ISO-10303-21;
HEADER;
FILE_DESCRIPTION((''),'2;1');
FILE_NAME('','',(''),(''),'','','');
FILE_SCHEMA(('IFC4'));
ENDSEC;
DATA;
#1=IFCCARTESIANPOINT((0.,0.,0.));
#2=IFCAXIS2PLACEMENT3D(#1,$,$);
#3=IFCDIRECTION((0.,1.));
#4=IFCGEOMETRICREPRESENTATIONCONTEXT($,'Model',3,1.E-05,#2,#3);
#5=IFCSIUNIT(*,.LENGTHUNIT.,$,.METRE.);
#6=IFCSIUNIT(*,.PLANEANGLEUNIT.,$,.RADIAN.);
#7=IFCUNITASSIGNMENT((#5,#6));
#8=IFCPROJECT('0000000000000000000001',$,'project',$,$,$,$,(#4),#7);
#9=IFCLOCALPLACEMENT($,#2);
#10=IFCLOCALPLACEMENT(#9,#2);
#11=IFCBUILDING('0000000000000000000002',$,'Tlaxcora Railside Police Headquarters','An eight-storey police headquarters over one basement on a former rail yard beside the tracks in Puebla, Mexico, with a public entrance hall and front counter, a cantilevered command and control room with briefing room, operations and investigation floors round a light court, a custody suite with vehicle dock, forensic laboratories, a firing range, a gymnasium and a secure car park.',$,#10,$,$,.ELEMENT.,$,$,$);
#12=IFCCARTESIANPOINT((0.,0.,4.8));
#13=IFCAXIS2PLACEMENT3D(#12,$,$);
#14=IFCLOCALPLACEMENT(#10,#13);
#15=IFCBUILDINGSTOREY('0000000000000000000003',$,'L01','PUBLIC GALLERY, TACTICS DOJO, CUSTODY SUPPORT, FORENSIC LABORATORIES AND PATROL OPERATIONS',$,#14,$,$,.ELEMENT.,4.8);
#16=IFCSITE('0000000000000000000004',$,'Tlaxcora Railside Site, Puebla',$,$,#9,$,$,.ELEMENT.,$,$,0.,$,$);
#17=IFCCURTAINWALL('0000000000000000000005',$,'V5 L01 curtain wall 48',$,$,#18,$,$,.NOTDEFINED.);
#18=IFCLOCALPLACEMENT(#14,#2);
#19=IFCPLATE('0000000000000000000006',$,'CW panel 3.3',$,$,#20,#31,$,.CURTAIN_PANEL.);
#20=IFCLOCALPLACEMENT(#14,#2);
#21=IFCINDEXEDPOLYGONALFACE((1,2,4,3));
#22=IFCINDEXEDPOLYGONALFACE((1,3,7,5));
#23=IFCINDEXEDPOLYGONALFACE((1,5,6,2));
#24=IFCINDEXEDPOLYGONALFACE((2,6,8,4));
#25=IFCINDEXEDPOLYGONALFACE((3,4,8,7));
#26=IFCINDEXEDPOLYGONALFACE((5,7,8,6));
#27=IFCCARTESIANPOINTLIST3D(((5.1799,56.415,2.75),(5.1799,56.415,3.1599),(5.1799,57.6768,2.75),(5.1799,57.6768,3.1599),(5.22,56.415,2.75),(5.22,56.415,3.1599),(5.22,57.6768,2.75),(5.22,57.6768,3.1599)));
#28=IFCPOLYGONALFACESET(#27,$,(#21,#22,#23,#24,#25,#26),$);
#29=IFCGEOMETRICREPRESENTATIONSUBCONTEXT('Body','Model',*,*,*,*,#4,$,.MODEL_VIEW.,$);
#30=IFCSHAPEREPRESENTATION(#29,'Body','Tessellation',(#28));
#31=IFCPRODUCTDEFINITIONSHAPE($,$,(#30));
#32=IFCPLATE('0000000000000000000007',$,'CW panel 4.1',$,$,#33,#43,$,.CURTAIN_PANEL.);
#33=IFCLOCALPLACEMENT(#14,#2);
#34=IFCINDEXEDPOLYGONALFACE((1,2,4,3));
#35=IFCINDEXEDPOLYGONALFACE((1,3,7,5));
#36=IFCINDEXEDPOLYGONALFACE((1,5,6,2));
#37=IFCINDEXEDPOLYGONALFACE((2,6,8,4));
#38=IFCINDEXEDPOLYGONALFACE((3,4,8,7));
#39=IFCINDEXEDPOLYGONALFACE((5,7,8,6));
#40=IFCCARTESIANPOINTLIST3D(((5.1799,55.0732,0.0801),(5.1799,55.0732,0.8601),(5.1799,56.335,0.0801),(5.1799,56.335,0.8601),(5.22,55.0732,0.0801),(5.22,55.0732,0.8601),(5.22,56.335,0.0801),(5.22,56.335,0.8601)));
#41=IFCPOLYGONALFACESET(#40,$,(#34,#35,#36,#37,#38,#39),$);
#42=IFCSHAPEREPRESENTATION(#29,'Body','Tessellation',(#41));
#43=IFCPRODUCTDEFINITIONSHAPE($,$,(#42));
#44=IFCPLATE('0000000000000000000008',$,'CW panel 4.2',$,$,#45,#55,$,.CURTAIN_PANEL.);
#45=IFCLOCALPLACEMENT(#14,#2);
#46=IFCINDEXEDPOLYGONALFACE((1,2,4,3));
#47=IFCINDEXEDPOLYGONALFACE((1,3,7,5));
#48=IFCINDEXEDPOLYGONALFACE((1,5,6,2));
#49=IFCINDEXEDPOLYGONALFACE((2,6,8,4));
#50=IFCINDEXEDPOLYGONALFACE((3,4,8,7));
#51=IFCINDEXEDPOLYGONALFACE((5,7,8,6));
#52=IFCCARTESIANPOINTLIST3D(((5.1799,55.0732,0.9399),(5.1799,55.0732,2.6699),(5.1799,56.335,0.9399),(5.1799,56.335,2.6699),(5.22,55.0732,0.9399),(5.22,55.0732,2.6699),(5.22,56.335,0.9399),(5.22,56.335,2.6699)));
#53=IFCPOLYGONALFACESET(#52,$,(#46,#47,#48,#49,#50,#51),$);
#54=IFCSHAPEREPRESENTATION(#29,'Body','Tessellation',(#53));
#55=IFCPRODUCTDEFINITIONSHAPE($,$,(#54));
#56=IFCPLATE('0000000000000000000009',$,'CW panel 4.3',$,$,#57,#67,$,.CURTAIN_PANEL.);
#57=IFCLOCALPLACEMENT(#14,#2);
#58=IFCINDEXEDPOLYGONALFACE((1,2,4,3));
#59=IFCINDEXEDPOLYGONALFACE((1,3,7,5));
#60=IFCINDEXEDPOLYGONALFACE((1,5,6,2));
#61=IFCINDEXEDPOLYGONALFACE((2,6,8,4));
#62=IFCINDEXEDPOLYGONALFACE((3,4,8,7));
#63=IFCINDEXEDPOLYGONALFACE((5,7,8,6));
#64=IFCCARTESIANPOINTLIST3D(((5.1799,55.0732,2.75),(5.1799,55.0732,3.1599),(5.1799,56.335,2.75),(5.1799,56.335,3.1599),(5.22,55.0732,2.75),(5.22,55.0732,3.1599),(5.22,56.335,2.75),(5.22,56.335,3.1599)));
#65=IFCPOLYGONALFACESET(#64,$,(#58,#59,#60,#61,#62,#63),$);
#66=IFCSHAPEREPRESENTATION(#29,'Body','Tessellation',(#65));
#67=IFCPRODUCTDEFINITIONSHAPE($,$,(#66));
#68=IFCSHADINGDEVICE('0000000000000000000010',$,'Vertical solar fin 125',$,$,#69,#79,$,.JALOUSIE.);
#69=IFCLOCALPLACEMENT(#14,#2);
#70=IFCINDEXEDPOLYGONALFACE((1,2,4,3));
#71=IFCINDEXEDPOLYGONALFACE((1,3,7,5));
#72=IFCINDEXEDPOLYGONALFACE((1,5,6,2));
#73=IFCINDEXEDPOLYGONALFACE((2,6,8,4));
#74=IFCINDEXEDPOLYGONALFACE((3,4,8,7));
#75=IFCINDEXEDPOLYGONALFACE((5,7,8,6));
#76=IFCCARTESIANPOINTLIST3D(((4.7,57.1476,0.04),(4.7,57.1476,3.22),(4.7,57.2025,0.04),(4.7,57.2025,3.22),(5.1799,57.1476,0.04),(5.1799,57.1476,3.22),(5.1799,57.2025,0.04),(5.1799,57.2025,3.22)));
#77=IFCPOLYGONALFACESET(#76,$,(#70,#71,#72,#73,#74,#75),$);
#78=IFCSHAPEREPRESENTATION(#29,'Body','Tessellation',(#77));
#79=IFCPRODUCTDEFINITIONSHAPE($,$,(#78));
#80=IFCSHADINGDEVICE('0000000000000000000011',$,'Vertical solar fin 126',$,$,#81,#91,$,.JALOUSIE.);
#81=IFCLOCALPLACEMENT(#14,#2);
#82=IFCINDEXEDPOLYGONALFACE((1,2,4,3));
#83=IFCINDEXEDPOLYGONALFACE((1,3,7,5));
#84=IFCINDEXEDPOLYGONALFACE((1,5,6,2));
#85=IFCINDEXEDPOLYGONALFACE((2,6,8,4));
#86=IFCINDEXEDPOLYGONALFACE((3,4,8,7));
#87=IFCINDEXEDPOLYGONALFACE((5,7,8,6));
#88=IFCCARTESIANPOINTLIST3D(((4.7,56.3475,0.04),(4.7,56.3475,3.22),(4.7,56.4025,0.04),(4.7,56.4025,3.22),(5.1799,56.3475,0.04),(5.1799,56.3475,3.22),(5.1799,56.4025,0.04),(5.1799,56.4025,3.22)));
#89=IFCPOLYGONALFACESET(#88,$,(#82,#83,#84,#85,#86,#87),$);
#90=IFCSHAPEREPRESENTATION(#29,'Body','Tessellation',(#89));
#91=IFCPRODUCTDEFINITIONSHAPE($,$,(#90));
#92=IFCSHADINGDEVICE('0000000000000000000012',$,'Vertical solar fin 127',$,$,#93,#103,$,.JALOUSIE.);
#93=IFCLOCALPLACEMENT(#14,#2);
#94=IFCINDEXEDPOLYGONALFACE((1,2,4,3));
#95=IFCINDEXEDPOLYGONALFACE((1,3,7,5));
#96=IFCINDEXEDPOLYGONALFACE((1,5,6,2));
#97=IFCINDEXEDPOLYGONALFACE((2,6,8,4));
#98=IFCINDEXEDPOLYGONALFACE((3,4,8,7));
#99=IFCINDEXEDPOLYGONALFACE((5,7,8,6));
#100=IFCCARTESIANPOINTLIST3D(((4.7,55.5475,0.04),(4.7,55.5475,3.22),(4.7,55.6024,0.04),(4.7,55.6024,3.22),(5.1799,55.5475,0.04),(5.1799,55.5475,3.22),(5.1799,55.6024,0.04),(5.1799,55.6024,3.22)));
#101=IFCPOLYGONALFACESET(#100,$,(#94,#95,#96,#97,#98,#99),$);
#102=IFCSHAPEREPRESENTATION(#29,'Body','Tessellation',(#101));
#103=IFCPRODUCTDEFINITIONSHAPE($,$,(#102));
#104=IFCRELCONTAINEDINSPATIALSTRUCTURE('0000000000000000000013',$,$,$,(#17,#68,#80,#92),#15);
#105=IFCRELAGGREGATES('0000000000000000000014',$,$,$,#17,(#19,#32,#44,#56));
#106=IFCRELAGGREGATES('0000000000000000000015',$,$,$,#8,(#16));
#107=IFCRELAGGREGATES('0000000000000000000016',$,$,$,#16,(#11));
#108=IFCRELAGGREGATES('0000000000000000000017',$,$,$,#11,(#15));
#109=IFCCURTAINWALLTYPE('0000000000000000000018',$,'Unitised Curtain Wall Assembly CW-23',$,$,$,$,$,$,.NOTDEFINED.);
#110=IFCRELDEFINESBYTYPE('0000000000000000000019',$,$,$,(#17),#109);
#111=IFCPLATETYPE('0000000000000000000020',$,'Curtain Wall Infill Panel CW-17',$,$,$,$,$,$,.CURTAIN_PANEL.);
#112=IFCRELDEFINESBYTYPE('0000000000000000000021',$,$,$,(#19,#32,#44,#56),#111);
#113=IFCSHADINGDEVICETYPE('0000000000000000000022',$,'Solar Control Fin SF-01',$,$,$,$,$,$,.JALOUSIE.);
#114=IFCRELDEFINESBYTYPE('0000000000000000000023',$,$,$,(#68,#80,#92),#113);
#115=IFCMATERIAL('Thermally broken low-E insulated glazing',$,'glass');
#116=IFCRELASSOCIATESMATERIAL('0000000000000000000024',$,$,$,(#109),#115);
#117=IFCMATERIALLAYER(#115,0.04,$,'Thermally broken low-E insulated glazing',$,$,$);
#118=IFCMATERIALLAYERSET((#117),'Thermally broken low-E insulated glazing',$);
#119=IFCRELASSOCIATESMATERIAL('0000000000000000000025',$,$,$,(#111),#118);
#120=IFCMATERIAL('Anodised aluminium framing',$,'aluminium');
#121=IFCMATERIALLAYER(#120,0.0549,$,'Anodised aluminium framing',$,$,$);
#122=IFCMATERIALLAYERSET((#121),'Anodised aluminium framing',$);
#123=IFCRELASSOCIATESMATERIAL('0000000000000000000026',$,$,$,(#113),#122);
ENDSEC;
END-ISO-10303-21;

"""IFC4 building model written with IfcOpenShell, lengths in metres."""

from ifc_helpers import new_model, si_unit, direction, frame, origin, origin_2d, place, context, subcontext, project, spatial, rectangle, extrude, material, layer, layer_set, type_object, element, aggregate, save


model = new_model("IFC4")

# Units and contexts
model_context = context("Model", 3, precision=1e-05, world=origin(), true_north=direction((0.0, 1.0)))
body_context = subcontext(model_context, "Body", "Model", "MODEL_VIEW")
ifc_project = project(units=[si_unit("LENGTHUNIT", "METRE"), si_unit("PLANEANGLEUNIT", "RADIAN")], contexts=[model_context])

# Site, building, storey
site_placement = place(None, origin())
site = spatial("IfcSite", under=ifc_project, at=site_placement, Name="Tlaxcora Railside Site, Puebla", CompositionType="ELEMENT", RefElevation=0.0)
building_placement = place(site_placement, origin())
building = spatial("IfcBuilding", under=site, at=building_placement, Name="Tlaxcora Railside Police Headquarters", Description="An eight-storey police headquarters over one basement on a former rail yard beside the tracks in Puebla, Mexico, with a public entrance hall and front counter, a cantilevered command and control room with briefing room, operations and investigation floors round a light court, a custody suite with vehicle dock, forensic laboratories, a firing range, a gymnasium and a secure car park.", CompositionType="ELEMENT")
storey_placement = place(building_placement, frame((0.0, 0.0, 4.8)))
storey = spatial("IfcBuildingStorey", under=building, at=storey_placement, Name="L01", Description="PUBLIC GALLERY, TACTICS DOJO, CUSTODY SUPPORT, FORENSIC LABORATORIES AND PATROL OPERATIONS", CompositionType="ELEMENT", Elevation=4.8)

# Curtain wall, plates
ifc_material_1 = material(Name="Thermally broken low-E insulated glazing", Category="glass")
curtain_wall_type = type_object("IfcCurtainWallType", Name="Unitised Curtain Wall Assembly CW-23", PredefinedType="NOTDEFINED", material=ifc_material_1)
curtain_wall_placement = place(storey_placement, origin())
curtain_wall = element("IfcCurtainWall", 1, at=curtain_wall_placement, inside=storey, type_object=curtain_wall_type, Name="V5 L01 curtain wall 48", PredefinedType="NOTDEFINED")
ifc_material_2 = material(Name="Anodised aluminium framing", Category="aluminium")
ifc_layer_1 = layer(ifc_material_1, 0.04, Name="Thermally broken low-E insulated glazing")
ifc_layer_set_1 = layer_set([ifc_layer_1], Name="Thermally broken low-E insulated glazing")
plate_type = type_object("IfcPlateType", Name="Curtain Wall Infill Panel CW-17", PredefinedType="CURTAIN_PANEL", material=ifc_layer_set_1)
plate_1_placement = place(storey_placement, frame((5.2, 57.0459, 2.75), z_axis=(0.0, 0.0, 1.0), x_axis=(0.0, -1.0, 0.0)))
plate_1 = element("IfcPlate", 2, at=plate_1_placement, type_object=plate_type, Name="CW panel 3.3", PredefinedType="CURTAIN_PANEL", context=body_context, shape_type="SweptSolid", body=[
    extrude(rectangle(XDim=1.2617, YDim=0.04, at=origin_2d()), origin(), (0.0, 0.0, 1.0), 0.4099),
])
plate_2_placement = place(storey_placement, frame((5.2, 55.7041, 0.0801), z_axis=(0.0, 0.0, 1.0), x_axis=(0.0, -1.0, 0.0)))
plate_2 = element("IfcPlate", 3, at=plate_2_placement, type_object=plate_type, Name="CW panel 4.1", PredefinedType="CURTAIN_PANEL", context=body_context, shape_type="SweptSolid", body=[
    extrude(rectangle(XDim=1.2617, YDim=0.04, at=origin_2d()), origin(), (0.0, 0.0, 1.0), 0.78),
])
plate_3_placement = place(storey_placement, frame((5.2, 55.7041, 0.9399), z_axis=(0.0, 0.0, 1.0), x_axis=(0.0, -1.0, 0.0)))
plate_3 = element("IfcPlate", 4, at=plate_3_placement, type_object=plate_type, Name="CW panel 4.2", PredefinedType="CURTAIN_PANEL", context=body_context, shape_type="SweptSolid", body=[
    extrude(rectangle(XDim=1.2617, YDim=0.04, at=origin_2d()), origin(), (0.0, 0.0, 1.0), 1.73),
])
plate_4_placement = place(storey_placement, frame((5.2, 55.7041, 2.75), z_axis=(0.0, 0.0, 1.0), x_axis=(0.0, -1.0, 0.0)))
plate_4 = element("IfcPlate", 5, at=plate_4_placement, type_object=plate_type, Name="CW panel 4.3", PredefinedType="CURTAIN_PANEL", context=body_context, shape_type="SweptSolid", body=[
    extrude(rectangle(XDim=1.2617, YDim=0.04, at=origin_2d()), origin(), (0.0, 0.0, 1.0), 0.4099),
])
aggregate(curtain_wall, [plate_1, plate_2, plate_3, plate_4])

# Shading devices
ifc_layer_2 = layer(ifc_material_2, 0.0549, Name="Anodised aluminium framing")
ifc_layer_set_2 = layer_set([ifc_layer_2], Name="Anodised aluminium framing")
shading_device_type = type_object("IfcShadingDeviceType", Name="Solar Control Fin SF-01", PredefinedType="JALOUSIE", material=ifc_layer_set_2)
for number, where, z_axis, x_axis, name in (
    (6, (4.9399, 57.175, 0.04), (0.0, 0.0, 1.0), (-1.0, 0.0, 0.0), "Vertical solar fin 125"),
    (7, (4.9399, 56.375, 0.04), (0.0, 0.0, 1.0), (-1.0, 0.0, 0.0), "Vertical solar fin 126"),
    (8, (4.9399, 55.575, 0.04), (0.0, 0.0, 1.0), (-1.0, 0.0, 0.0), "Vertical solar fin 127"),
):
    element("IfcShadingDevice", number, at=place(storey_placement, frame(where, z_axis=z_axis, x_axis=x_axis)), inside=storey, type_object=shading_device_type, Name=name, PredefinedType="JALOUSIE", context=body_context, shape_type="SweptSolid", body=[
        extrude(rectangle(XDim=0.48, YDim=0.0549, at=origin_2d()), origin(), (0.0, 0.0, 1.0), 3.1799),
    ])

save(model, "model.ifc")
